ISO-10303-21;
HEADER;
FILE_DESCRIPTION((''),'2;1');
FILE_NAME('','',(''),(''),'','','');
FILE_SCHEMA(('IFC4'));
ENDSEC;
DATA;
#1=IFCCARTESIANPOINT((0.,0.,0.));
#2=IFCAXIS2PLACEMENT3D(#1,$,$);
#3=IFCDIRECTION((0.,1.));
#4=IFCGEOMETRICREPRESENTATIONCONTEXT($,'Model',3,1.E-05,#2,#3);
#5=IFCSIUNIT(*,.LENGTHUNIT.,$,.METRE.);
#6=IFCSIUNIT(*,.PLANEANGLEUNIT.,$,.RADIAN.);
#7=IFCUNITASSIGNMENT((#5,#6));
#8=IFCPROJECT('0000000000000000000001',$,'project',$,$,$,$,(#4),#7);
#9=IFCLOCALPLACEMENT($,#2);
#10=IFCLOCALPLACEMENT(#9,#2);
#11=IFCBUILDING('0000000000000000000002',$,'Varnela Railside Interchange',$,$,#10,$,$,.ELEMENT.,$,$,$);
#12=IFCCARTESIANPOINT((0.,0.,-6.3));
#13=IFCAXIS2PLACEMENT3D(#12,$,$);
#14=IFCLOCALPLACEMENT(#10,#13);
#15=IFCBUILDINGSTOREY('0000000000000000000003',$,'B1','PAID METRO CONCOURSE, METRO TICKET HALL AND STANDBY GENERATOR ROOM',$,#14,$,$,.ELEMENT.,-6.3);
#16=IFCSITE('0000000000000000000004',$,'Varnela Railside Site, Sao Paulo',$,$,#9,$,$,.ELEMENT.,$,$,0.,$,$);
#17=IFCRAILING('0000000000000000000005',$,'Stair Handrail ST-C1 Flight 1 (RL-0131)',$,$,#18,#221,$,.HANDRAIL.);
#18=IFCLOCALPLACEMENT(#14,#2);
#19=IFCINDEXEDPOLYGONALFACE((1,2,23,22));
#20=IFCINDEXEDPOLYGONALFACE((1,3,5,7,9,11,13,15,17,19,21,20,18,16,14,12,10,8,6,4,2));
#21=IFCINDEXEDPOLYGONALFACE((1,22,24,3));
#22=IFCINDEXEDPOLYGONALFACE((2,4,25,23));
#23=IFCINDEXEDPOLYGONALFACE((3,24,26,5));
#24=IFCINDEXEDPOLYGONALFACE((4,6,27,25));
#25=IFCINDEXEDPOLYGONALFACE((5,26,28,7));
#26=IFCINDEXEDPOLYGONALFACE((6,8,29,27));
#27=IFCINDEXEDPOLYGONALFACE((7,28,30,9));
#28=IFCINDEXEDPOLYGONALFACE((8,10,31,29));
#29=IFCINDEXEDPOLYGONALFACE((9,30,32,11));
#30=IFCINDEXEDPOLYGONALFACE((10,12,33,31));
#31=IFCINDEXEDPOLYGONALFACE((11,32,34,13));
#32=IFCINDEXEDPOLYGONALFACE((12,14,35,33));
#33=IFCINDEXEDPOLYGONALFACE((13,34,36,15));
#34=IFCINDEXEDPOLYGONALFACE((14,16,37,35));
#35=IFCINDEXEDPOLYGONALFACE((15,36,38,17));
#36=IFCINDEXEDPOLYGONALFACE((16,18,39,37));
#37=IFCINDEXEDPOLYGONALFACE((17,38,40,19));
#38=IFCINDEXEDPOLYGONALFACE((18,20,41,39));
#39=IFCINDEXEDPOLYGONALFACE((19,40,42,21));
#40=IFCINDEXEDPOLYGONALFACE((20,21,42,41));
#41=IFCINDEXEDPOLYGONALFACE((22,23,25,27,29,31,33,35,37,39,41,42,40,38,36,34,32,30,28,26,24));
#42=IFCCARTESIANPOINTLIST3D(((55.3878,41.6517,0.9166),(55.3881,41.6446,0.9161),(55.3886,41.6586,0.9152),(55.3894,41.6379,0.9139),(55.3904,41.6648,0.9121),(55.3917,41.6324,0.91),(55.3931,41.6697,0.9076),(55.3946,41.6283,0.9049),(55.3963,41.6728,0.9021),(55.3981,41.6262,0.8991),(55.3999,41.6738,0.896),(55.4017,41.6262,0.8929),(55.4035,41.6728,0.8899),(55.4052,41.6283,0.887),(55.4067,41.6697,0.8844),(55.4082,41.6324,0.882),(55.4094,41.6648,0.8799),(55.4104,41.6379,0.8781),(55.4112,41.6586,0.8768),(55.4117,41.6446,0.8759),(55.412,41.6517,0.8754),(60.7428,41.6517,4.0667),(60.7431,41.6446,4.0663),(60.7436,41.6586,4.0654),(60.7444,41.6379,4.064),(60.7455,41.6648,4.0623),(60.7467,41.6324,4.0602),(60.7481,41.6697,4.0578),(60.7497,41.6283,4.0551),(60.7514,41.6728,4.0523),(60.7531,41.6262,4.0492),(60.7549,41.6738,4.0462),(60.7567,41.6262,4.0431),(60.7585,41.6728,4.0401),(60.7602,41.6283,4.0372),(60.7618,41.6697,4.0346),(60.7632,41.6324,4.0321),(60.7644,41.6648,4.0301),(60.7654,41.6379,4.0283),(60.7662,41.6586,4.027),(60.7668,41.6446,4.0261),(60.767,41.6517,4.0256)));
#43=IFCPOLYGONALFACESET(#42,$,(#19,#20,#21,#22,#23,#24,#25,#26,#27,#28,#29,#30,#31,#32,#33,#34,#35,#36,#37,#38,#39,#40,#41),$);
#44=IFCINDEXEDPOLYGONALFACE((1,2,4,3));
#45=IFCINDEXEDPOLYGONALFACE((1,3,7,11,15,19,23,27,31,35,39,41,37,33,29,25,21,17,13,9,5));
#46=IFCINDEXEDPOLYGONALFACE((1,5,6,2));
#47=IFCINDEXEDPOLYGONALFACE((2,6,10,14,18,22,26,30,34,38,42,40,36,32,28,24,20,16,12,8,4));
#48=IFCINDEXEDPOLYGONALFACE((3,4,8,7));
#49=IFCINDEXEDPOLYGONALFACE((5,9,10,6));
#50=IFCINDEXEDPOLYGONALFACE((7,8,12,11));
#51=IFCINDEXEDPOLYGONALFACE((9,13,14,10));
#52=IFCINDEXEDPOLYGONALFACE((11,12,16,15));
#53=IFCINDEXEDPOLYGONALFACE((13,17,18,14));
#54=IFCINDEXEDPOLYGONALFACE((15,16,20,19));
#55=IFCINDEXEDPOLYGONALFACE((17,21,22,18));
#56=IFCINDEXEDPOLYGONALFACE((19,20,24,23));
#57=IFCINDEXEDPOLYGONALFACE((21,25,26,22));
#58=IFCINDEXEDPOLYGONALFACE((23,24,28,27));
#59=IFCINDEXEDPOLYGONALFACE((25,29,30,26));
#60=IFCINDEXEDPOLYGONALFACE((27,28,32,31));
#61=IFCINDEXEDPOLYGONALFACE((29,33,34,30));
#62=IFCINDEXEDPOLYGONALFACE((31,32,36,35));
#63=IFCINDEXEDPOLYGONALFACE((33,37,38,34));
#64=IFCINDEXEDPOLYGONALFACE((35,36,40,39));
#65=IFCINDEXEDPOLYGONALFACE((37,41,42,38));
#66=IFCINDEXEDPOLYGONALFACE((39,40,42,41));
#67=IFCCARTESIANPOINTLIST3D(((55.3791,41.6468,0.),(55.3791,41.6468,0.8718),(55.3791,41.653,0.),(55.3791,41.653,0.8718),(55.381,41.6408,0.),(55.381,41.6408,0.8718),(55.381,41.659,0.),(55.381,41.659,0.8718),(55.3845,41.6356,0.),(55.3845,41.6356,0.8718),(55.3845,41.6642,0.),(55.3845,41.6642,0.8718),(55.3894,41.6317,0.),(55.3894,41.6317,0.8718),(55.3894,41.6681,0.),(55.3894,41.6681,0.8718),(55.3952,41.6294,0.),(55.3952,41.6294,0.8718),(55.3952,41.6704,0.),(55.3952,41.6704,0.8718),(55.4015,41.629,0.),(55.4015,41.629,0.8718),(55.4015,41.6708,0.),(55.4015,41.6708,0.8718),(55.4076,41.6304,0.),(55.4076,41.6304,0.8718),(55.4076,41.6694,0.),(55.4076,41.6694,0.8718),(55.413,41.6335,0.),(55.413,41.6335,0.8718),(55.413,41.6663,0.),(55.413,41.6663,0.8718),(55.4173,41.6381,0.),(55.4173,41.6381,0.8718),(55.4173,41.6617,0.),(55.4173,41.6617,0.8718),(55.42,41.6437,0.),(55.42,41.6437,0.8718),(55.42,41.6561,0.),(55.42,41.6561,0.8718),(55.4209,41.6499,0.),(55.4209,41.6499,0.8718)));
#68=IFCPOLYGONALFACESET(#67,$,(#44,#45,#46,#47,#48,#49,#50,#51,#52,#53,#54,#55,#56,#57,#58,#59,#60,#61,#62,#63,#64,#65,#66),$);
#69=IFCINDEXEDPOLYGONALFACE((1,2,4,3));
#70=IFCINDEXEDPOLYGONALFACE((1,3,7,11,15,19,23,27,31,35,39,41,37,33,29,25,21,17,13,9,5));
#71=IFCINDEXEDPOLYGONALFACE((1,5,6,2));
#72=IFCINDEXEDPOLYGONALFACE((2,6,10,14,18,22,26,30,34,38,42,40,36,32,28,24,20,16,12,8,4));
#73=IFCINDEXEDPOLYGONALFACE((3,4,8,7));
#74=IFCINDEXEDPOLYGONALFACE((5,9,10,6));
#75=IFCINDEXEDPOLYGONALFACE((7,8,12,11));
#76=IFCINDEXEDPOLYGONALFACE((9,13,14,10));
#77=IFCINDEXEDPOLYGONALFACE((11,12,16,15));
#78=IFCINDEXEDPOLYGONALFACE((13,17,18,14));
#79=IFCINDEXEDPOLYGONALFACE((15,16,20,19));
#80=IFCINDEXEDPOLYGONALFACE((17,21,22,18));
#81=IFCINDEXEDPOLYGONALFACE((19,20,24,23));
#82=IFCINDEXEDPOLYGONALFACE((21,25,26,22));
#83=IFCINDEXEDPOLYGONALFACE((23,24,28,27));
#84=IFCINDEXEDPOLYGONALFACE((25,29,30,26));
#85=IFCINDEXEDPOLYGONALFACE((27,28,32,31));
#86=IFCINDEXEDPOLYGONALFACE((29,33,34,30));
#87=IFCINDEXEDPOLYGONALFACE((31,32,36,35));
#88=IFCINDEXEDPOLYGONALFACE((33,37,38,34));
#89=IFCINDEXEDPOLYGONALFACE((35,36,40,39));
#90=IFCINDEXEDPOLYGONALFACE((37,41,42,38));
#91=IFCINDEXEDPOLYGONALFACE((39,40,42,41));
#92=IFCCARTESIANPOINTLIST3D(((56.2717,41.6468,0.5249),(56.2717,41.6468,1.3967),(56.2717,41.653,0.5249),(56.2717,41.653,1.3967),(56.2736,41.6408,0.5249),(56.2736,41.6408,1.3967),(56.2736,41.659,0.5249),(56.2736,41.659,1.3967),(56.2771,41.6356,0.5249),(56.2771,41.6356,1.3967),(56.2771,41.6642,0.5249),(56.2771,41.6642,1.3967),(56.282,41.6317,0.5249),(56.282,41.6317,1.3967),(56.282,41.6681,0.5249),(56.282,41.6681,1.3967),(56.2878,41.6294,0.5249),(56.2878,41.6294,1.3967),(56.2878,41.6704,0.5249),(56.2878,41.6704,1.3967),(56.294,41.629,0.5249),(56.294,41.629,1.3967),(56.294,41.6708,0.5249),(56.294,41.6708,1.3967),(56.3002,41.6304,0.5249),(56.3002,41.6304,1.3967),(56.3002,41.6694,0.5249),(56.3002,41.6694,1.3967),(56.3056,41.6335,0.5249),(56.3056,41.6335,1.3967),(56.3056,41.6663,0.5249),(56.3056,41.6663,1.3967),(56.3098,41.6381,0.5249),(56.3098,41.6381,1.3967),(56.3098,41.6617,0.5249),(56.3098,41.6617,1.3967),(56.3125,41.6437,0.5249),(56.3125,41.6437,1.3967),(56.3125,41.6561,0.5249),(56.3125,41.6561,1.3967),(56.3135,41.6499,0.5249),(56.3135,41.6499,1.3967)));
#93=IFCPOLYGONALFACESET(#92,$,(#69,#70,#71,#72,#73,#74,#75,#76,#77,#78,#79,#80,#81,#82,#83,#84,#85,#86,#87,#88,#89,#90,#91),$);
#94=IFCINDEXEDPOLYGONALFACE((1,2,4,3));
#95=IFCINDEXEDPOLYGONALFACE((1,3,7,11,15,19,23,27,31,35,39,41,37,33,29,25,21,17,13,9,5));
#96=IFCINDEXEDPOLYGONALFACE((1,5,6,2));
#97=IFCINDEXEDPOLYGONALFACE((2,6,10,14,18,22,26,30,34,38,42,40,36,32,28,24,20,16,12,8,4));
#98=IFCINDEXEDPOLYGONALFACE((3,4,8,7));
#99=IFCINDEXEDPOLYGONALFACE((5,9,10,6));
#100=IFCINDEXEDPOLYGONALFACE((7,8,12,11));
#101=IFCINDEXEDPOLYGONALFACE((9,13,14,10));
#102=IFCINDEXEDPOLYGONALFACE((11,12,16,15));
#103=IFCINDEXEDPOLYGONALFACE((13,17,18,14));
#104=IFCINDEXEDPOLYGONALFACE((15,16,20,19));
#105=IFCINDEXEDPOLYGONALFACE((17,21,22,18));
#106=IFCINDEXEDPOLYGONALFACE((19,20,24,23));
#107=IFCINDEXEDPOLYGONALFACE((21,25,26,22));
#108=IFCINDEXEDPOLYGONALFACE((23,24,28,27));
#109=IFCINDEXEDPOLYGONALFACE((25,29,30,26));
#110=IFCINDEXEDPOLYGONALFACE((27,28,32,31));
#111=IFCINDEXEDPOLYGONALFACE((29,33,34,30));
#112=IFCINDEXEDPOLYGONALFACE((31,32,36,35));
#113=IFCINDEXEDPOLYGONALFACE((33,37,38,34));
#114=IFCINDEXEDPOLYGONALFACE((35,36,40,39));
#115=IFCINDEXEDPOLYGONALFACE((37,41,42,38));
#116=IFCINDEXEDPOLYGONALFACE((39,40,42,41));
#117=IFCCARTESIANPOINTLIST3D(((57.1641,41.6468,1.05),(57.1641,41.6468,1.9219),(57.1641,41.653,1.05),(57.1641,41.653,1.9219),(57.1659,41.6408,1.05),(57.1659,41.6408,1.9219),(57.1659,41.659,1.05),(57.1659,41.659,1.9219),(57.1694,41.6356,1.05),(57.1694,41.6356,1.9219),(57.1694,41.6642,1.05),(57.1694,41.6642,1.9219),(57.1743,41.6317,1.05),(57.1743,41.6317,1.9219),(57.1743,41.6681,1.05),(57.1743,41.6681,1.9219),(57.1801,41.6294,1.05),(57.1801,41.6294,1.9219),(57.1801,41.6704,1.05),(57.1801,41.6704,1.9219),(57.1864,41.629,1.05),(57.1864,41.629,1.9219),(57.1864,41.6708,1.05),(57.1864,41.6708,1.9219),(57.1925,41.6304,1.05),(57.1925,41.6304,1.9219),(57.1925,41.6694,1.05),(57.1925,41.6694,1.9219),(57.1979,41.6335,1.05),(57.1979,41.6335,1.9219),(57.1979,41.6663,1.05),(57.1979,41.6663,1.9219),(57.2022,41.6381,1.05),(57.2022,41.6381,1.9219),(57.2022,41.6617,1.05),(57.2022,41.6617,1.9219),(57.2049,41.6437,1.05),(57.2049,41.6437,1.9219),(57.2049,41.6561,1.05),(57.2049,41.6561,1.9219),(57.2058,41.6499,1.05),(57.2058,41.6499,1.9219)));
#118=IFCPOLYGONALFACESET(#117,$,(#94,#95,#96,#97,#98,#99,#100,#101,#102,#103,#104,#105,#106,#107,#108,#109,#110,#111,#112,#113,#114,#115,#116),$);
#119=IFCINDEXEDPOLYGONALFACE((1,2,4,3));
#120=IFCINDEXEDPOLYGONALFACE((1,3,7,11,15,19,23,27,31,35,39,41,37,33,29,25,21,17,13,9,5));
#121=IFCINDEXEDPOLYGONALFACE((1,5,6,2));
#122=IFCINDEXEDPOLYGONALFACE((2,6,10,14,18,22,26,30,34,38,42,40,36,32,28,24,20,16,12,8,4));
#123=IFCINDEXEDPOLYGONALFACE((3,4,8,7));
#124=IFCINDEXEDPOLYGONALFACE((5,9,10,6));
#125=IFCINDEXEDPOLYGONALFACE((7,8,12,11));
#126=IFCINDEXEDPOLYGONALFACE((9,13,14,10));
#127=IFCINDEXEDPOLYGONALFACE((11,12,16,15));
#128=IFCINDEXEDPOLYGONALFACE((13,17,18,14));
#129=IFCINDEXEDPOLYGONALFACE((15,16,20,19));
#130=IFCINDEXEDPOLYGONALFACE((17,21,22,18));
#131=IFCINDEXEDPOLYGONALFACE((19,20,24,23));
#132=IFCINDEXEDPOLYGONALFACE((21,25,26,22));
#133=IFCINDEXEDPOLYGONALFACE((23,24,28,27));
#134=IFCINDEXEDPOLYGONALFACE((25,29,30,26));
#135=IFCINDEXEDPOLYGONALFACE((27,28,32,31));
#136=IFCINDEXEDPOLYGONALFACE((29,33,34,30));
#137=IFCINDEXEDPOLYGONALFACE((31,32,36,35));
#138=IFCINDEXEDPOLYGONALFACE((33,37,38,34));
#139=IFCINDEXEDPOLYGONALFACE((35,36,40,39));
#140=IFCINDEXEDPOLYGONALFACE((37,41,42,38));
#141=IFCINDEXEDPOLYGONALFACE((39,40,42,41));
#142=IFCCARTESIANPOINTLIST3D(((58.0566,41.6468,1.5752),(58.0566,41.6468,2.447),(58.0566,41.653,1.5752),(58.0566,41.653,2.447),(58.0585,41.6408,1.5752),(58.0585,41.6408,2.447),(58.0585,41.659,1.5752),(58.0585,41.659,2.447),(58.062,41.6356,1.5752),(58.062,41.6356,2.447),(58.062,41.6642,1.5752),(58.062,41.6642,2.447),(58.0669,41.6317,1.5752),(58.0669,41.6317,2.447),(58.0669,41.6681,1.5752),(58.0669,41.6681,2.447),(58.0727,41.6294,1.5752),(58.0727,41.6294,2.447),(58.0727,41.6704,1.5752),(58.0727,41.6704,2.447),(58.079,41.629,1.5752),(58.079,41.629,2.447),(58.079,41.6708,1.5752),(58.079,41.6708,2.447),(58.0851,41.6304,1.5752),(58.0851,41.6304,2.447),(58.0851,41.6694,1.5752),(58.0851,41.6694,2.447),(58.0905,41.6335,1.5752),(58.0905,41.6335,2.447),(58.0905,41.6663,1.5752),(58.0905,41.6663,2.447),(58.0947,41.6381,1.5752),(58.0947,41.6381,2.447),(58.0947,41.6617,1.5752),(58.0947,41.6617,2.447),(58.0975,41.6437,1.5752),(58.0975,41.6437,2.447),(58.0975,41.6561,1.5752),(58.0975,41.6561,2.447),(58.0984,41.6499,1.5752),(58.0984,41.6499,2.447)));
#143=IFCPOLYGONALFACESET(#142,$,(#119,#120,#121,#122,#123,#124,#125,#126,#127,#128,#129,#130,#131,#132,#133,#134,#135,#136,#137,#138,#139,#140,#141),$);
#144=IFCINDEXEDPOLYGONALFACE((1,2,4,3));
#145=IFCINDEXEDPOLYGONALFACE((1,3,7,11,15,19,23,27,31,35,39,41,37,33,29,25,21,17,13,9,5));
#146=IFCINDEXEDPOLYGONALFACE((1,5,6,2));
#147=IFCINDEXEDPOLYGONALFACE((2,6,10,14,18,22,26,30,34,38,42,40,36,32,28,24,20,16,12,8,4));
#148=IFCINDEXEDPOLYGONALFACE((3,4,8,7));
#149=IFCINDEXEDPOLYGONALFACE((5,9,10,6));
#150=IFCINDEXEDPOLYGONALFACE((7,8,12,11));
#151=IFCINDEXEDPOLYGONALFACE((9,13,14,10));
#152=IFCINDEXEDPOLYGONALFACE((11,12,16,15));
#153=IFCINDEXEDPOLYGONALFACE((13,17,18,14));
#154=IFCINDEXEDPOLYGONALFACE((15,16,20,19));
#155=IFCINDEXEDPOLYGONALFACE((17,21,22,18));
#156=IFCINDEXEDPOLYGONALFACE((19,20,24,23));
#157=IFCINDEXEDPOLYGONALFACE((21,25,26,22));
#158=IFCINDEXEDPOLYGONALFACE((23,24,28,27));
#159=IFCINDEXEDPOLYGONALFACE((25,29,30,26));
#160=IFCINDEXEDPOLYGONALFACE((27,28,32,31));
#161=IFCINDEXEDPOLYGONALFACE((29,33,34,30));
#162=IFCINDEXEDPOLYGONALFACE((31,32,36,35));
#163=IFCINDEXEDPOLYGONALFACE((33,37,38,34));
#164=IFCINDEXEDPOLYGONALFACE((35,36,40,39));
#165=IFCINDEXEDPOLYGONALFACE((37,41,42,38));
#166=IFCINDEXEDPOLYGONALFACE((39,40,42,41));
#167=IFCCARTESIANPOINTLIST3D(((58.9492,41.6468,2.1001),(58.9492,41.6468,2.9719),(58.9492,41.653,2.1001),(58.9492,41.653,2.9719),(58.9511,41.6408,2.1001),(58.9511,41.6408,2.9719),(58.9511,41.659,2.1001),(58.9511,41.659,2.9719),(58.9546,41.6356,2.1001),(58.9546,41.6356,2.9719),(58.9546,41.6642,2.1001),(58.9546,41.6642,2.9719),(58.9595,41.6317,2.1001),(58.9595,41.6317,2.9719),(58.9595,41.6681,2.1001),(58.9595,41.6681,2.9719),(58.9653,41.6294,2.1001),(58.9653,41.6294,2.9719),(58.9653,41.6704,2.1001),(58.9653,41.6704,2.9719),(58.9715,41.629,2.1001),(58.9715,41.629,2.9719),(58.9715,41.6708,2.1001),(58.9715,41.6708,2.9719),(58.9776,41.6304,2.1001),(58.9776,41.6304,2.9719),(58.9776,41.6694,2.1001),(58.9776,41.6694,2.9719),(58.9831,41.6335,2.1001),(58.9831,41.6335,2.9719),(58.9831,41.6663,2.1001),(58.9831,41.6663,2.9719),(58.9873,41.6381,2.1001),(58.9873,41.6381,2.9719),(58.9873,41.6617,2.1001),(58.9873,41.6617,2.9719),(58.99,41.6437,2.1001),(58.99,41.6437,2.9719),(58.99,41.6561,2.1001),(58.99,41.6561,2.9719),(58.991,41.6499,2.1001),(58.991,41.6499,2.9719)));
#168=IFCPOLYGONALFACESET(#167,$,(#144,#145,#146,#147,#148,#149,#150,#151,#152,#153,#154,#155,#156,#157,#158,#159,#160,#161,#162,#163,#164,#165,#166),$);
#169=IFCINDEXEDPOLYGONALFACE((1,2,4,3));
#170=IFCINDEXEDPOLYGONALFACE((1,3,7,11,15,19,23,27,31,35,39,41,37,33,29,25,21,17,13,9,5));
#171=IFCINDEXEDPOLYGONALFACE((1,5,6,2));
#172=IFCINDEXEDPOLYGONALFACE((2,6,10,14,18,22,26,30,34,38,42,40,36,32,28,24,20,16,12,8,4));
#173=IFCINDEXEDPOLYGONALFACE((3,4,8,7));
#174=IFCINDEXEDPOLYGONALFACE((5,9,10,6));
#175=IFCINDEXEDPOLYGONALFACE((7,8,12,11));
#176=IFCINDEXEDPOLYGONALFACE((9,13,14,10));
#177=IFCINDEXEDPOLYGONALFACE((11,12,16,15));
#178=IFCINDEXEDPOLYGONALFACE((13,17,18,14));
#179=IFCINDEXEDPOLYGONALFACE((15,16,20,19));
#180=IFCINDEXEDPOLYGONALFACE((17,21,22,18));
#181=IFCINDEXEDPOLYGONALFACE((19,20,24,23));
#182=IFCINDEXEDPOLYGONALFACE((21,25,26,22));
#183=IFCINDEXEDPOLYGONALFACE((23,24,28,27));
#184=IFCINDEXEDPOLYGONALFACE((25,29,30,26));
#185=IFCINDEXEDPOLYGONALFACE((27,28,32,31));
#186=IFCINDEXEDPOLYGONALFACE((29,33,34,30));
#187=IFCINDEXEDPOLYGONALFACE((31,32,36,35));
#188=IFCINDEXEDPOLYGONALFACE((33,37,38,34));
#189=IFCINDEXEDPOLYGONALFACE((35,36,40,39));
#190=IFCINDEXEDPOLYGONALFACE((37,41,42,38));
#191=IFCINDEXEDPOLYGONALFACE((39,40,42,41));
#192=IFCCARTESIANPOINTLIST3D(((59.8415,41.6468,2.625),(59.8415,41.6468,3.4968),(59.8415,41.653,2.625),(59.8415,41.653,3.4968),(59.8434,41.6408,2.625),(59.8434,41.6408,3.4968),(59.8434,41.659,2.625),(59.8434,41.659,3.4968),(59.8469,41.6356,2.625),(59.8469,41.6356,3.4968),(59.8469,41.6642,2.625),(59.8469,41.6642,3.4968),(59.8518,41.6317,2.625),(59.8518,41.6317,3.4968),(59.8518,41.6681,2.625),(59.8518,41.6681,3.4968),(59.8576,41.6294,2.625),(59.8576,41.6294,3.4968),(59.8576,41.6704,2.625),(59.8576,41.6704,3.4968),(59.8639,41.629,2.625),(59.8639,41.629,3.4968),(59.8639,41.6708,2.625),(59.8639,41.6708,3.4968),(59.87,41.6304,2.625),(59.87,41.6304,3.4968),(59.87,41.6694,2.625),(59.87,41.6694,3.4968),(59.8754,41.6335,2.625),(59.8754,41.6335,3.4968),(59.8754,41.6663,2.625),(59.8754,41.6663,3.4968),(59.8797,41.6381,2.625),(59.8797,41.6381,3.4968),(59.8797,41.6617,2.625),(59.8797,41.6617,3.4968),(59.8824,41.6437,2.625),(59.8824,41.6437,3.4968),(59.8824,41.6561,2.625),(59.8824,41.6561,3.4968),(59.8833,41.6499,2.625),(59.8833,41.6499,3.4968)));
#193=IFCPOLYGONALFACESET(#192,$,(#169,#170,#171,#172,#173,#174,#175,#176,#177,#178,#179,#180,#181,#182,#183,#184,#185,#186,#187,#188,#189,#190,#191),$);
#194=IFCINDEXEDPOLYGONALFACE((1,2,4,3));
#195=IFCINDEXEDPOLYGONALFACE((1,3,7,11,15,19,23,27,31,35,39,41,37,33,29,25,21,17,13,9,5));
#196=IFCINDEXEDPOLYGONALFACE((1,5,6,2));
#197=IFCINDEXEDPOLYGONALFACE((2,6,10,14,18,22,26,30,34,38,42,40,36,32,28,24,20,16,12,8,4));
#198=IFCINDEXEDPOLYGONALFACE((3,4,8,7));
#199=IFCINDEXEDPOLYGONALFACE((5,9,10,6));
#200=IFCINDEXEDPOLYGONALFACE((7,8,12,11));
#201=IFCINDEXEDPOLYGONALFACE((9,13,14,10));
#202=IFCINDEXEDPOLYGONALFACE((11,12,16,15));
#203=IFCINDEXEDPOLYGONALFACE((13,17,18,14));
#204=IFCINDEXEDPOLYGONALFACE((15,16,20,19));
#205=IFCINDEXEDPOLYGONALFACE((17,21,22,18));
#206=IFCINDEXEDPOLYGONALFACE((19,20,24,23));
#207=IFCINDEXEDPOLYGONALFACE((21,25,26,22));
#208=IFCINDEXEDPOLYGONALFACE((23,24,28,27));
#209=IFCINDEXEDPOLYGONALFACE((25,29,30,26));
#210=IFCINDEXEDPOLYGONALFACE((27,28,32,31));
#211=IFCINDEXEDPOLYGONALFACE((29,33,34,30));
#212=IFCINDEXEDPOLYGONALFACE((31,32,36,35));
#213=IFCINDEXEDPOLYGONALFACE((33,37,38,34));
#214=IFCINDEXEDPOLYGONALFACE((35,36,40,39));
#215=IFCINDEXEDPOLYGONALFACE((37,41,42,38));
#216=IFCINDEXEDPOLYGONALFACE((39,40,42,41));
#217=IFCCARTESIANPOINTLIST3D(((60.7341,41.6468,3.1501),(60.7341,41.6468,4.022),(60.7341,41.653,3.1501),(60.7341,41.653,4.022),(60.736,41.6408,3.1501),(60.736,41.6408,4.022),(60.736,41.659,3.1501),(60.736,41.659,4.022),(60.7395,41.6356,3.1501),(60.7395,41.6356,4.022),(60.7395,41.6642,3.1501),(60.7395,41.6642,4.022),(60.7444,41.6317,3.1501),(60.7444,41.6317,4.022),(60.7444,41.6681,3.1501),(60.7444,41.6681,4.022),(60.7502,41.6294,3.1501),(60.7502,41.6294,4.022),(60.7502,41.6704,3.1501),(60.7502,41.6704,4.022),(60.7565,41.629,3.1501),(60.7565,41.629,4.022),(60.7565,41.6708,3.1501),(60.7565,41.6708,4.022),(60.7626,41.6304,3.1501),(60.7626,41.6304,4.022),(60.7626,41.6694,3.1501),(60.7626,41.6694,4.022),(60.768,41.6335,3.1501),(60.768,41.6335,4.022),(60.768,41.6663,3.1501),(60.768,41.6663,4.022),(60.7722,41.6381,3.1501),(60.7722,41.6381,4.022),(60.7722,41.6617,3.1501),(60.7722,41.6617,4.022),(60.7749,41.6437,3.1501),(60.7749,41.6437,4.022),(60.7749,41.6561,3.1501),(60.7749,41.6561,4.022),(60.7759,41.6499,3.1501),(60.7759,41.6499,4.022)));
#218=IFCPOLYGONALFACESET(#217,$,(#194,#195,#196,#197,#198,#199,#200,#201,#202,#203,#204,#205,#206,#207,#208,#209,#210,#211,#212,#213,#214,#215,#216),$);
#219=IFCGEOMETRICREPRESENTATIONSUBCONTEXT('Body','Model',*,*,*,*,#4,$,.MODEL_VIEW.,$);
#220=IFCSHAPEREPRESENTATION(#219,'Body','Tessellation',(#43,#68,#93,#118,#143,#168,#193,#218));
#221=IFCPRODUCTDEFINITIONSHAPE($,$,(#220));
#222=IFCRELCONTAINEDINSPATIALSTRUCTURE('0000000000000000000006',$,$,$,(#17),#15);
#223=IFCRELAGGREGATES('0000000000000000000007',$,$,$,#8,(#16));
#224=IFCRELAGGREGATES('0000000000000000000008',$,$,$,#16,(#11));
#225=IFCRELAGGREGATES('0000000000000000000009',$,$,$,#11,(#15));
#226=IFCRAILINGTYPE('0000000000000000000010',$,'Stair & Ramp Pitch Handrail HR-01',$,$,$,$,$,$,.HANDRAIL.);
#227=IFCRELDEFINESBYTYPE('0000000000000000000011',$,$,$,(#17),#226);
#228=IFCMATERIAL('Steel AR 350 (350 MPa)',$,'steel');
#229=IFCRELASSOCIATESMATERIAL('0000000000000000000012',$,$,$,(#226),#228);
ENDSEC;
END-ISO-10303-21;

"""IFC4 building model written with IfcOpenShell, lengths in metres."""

from ifc_helpers import new_model, si_unit, direction, frame, origin, origin_2d, place, context, subcontext, project, spatial, circle, extrude, material, type_object, element, save


model = new_model("IFC4")

# Units and contexts
model_context = context("Model", 3, precision=1e-05, world=origin(), true_north=direction((0.0, 1.0)))
body_context = subcontext(model_context, "Body", "Model", "MODEL_VIEW")
ifc_project = project(units=[si_unit("LENGTHUNIT", "METRE"), si_unit("PLANEANGLEUNIT", "RADIAN")], contexts=[model_context])

# Site, building, storey
site_placement = place(None, origin())
site = spatial("IfcSite", under=ifc_project, at=site_placement, Name="Varnela Railside Site, Sao Paulo", CompositionType="ELEMENT", RefElevation=0.0)
building_placement = place(site_placement, origin())
building = spatial("IfcBuilding", under=site, at=building_placement, Name="Varnela Railside Interchange", CompositionType="ELEMENT")
storey_placement = place(building_placement, frame((0.0, 0.0, -6.3)))
storey = spatial("IfcBuildingStorey", under=building, at=storey_placement, Name="B1", Description="PAID METRO CONCOURSE, METRO TICKET HALL AND STANDBY GENERATOR ROOM", CompositionType="ELEMENT", Elevation=-6.3)

# Shared definitions
ifc_material_1 = material(Name="Steel AR 350 (350 MPa)", Category="steel")

# Railing
railing_type_1 = type_object("IfcRailingType", Name="Stair & Ramp Pitch Handrail HR-01", PredefinedType="HANDRAIL", material=ifc_material_1)
railing_1_placement = place(storey_placement, frame((55.3999, 41.6499, 0.0)))
element("IfcRailing", 1, at=railing_1_placement, inside=storey, type_object=railing_type_1, Name="Stair Handrail ST-C1 Flight 1 (RL-0131)", PredefinedType="HANDRAIL", context=body_context, shape_type="SweptSolid", body=[
    extrude(circle(Radius=0.0239, at=origin_2d()), frame((0.0, 0.0, 0.896), z_axis=(0.861923, 0.0, 0.507039), x_axis=(0.0, 1.0, 0.0)), (0.0, 0.0, 1.0), 6.2129),
    extrude(circle(Radius=0.021, at=origin_2d()), origin(), (0.0, 0.0, 1.0), 0.8718),
    extrude(circle(Radius=0.021, at=origin_2d()), frame((0.8926, 0.0, 0.5249)), (0.0, 0.0, 1.0), 0.8718),
    extrude(circle(Radius=0.021, at=origin_2d()), frame((1.7849, 0.0, 1.05)), (0.0, 0.0, 1.0), 0.8718),
    extrude(circle(Radius=0.021, at=origin_2d()), frame((2.6775, 0.0, 1.5752)), (0.0, 0.0, 1.0), 0.8718),
    extrude(circle(Radius=0.021, at=origin_2d()), frame((3.5701, 0.0, 2.1001)), (0.0, 0.0, 1.0), 0.8718),
    extrude(circle(Radius=0.021, at=origin_2d()), frame((4.4624, 0.0, 2.625)), (0.0, 0.0, 1.0), 0.8718),
    extrude(circle(Radius=0.021, at=origin_2d()), frame((5.355, 0.0, 3.1501)), (0.0, 0.0, 1.0), 0.8718),
])

save(model, "model.ifc")
